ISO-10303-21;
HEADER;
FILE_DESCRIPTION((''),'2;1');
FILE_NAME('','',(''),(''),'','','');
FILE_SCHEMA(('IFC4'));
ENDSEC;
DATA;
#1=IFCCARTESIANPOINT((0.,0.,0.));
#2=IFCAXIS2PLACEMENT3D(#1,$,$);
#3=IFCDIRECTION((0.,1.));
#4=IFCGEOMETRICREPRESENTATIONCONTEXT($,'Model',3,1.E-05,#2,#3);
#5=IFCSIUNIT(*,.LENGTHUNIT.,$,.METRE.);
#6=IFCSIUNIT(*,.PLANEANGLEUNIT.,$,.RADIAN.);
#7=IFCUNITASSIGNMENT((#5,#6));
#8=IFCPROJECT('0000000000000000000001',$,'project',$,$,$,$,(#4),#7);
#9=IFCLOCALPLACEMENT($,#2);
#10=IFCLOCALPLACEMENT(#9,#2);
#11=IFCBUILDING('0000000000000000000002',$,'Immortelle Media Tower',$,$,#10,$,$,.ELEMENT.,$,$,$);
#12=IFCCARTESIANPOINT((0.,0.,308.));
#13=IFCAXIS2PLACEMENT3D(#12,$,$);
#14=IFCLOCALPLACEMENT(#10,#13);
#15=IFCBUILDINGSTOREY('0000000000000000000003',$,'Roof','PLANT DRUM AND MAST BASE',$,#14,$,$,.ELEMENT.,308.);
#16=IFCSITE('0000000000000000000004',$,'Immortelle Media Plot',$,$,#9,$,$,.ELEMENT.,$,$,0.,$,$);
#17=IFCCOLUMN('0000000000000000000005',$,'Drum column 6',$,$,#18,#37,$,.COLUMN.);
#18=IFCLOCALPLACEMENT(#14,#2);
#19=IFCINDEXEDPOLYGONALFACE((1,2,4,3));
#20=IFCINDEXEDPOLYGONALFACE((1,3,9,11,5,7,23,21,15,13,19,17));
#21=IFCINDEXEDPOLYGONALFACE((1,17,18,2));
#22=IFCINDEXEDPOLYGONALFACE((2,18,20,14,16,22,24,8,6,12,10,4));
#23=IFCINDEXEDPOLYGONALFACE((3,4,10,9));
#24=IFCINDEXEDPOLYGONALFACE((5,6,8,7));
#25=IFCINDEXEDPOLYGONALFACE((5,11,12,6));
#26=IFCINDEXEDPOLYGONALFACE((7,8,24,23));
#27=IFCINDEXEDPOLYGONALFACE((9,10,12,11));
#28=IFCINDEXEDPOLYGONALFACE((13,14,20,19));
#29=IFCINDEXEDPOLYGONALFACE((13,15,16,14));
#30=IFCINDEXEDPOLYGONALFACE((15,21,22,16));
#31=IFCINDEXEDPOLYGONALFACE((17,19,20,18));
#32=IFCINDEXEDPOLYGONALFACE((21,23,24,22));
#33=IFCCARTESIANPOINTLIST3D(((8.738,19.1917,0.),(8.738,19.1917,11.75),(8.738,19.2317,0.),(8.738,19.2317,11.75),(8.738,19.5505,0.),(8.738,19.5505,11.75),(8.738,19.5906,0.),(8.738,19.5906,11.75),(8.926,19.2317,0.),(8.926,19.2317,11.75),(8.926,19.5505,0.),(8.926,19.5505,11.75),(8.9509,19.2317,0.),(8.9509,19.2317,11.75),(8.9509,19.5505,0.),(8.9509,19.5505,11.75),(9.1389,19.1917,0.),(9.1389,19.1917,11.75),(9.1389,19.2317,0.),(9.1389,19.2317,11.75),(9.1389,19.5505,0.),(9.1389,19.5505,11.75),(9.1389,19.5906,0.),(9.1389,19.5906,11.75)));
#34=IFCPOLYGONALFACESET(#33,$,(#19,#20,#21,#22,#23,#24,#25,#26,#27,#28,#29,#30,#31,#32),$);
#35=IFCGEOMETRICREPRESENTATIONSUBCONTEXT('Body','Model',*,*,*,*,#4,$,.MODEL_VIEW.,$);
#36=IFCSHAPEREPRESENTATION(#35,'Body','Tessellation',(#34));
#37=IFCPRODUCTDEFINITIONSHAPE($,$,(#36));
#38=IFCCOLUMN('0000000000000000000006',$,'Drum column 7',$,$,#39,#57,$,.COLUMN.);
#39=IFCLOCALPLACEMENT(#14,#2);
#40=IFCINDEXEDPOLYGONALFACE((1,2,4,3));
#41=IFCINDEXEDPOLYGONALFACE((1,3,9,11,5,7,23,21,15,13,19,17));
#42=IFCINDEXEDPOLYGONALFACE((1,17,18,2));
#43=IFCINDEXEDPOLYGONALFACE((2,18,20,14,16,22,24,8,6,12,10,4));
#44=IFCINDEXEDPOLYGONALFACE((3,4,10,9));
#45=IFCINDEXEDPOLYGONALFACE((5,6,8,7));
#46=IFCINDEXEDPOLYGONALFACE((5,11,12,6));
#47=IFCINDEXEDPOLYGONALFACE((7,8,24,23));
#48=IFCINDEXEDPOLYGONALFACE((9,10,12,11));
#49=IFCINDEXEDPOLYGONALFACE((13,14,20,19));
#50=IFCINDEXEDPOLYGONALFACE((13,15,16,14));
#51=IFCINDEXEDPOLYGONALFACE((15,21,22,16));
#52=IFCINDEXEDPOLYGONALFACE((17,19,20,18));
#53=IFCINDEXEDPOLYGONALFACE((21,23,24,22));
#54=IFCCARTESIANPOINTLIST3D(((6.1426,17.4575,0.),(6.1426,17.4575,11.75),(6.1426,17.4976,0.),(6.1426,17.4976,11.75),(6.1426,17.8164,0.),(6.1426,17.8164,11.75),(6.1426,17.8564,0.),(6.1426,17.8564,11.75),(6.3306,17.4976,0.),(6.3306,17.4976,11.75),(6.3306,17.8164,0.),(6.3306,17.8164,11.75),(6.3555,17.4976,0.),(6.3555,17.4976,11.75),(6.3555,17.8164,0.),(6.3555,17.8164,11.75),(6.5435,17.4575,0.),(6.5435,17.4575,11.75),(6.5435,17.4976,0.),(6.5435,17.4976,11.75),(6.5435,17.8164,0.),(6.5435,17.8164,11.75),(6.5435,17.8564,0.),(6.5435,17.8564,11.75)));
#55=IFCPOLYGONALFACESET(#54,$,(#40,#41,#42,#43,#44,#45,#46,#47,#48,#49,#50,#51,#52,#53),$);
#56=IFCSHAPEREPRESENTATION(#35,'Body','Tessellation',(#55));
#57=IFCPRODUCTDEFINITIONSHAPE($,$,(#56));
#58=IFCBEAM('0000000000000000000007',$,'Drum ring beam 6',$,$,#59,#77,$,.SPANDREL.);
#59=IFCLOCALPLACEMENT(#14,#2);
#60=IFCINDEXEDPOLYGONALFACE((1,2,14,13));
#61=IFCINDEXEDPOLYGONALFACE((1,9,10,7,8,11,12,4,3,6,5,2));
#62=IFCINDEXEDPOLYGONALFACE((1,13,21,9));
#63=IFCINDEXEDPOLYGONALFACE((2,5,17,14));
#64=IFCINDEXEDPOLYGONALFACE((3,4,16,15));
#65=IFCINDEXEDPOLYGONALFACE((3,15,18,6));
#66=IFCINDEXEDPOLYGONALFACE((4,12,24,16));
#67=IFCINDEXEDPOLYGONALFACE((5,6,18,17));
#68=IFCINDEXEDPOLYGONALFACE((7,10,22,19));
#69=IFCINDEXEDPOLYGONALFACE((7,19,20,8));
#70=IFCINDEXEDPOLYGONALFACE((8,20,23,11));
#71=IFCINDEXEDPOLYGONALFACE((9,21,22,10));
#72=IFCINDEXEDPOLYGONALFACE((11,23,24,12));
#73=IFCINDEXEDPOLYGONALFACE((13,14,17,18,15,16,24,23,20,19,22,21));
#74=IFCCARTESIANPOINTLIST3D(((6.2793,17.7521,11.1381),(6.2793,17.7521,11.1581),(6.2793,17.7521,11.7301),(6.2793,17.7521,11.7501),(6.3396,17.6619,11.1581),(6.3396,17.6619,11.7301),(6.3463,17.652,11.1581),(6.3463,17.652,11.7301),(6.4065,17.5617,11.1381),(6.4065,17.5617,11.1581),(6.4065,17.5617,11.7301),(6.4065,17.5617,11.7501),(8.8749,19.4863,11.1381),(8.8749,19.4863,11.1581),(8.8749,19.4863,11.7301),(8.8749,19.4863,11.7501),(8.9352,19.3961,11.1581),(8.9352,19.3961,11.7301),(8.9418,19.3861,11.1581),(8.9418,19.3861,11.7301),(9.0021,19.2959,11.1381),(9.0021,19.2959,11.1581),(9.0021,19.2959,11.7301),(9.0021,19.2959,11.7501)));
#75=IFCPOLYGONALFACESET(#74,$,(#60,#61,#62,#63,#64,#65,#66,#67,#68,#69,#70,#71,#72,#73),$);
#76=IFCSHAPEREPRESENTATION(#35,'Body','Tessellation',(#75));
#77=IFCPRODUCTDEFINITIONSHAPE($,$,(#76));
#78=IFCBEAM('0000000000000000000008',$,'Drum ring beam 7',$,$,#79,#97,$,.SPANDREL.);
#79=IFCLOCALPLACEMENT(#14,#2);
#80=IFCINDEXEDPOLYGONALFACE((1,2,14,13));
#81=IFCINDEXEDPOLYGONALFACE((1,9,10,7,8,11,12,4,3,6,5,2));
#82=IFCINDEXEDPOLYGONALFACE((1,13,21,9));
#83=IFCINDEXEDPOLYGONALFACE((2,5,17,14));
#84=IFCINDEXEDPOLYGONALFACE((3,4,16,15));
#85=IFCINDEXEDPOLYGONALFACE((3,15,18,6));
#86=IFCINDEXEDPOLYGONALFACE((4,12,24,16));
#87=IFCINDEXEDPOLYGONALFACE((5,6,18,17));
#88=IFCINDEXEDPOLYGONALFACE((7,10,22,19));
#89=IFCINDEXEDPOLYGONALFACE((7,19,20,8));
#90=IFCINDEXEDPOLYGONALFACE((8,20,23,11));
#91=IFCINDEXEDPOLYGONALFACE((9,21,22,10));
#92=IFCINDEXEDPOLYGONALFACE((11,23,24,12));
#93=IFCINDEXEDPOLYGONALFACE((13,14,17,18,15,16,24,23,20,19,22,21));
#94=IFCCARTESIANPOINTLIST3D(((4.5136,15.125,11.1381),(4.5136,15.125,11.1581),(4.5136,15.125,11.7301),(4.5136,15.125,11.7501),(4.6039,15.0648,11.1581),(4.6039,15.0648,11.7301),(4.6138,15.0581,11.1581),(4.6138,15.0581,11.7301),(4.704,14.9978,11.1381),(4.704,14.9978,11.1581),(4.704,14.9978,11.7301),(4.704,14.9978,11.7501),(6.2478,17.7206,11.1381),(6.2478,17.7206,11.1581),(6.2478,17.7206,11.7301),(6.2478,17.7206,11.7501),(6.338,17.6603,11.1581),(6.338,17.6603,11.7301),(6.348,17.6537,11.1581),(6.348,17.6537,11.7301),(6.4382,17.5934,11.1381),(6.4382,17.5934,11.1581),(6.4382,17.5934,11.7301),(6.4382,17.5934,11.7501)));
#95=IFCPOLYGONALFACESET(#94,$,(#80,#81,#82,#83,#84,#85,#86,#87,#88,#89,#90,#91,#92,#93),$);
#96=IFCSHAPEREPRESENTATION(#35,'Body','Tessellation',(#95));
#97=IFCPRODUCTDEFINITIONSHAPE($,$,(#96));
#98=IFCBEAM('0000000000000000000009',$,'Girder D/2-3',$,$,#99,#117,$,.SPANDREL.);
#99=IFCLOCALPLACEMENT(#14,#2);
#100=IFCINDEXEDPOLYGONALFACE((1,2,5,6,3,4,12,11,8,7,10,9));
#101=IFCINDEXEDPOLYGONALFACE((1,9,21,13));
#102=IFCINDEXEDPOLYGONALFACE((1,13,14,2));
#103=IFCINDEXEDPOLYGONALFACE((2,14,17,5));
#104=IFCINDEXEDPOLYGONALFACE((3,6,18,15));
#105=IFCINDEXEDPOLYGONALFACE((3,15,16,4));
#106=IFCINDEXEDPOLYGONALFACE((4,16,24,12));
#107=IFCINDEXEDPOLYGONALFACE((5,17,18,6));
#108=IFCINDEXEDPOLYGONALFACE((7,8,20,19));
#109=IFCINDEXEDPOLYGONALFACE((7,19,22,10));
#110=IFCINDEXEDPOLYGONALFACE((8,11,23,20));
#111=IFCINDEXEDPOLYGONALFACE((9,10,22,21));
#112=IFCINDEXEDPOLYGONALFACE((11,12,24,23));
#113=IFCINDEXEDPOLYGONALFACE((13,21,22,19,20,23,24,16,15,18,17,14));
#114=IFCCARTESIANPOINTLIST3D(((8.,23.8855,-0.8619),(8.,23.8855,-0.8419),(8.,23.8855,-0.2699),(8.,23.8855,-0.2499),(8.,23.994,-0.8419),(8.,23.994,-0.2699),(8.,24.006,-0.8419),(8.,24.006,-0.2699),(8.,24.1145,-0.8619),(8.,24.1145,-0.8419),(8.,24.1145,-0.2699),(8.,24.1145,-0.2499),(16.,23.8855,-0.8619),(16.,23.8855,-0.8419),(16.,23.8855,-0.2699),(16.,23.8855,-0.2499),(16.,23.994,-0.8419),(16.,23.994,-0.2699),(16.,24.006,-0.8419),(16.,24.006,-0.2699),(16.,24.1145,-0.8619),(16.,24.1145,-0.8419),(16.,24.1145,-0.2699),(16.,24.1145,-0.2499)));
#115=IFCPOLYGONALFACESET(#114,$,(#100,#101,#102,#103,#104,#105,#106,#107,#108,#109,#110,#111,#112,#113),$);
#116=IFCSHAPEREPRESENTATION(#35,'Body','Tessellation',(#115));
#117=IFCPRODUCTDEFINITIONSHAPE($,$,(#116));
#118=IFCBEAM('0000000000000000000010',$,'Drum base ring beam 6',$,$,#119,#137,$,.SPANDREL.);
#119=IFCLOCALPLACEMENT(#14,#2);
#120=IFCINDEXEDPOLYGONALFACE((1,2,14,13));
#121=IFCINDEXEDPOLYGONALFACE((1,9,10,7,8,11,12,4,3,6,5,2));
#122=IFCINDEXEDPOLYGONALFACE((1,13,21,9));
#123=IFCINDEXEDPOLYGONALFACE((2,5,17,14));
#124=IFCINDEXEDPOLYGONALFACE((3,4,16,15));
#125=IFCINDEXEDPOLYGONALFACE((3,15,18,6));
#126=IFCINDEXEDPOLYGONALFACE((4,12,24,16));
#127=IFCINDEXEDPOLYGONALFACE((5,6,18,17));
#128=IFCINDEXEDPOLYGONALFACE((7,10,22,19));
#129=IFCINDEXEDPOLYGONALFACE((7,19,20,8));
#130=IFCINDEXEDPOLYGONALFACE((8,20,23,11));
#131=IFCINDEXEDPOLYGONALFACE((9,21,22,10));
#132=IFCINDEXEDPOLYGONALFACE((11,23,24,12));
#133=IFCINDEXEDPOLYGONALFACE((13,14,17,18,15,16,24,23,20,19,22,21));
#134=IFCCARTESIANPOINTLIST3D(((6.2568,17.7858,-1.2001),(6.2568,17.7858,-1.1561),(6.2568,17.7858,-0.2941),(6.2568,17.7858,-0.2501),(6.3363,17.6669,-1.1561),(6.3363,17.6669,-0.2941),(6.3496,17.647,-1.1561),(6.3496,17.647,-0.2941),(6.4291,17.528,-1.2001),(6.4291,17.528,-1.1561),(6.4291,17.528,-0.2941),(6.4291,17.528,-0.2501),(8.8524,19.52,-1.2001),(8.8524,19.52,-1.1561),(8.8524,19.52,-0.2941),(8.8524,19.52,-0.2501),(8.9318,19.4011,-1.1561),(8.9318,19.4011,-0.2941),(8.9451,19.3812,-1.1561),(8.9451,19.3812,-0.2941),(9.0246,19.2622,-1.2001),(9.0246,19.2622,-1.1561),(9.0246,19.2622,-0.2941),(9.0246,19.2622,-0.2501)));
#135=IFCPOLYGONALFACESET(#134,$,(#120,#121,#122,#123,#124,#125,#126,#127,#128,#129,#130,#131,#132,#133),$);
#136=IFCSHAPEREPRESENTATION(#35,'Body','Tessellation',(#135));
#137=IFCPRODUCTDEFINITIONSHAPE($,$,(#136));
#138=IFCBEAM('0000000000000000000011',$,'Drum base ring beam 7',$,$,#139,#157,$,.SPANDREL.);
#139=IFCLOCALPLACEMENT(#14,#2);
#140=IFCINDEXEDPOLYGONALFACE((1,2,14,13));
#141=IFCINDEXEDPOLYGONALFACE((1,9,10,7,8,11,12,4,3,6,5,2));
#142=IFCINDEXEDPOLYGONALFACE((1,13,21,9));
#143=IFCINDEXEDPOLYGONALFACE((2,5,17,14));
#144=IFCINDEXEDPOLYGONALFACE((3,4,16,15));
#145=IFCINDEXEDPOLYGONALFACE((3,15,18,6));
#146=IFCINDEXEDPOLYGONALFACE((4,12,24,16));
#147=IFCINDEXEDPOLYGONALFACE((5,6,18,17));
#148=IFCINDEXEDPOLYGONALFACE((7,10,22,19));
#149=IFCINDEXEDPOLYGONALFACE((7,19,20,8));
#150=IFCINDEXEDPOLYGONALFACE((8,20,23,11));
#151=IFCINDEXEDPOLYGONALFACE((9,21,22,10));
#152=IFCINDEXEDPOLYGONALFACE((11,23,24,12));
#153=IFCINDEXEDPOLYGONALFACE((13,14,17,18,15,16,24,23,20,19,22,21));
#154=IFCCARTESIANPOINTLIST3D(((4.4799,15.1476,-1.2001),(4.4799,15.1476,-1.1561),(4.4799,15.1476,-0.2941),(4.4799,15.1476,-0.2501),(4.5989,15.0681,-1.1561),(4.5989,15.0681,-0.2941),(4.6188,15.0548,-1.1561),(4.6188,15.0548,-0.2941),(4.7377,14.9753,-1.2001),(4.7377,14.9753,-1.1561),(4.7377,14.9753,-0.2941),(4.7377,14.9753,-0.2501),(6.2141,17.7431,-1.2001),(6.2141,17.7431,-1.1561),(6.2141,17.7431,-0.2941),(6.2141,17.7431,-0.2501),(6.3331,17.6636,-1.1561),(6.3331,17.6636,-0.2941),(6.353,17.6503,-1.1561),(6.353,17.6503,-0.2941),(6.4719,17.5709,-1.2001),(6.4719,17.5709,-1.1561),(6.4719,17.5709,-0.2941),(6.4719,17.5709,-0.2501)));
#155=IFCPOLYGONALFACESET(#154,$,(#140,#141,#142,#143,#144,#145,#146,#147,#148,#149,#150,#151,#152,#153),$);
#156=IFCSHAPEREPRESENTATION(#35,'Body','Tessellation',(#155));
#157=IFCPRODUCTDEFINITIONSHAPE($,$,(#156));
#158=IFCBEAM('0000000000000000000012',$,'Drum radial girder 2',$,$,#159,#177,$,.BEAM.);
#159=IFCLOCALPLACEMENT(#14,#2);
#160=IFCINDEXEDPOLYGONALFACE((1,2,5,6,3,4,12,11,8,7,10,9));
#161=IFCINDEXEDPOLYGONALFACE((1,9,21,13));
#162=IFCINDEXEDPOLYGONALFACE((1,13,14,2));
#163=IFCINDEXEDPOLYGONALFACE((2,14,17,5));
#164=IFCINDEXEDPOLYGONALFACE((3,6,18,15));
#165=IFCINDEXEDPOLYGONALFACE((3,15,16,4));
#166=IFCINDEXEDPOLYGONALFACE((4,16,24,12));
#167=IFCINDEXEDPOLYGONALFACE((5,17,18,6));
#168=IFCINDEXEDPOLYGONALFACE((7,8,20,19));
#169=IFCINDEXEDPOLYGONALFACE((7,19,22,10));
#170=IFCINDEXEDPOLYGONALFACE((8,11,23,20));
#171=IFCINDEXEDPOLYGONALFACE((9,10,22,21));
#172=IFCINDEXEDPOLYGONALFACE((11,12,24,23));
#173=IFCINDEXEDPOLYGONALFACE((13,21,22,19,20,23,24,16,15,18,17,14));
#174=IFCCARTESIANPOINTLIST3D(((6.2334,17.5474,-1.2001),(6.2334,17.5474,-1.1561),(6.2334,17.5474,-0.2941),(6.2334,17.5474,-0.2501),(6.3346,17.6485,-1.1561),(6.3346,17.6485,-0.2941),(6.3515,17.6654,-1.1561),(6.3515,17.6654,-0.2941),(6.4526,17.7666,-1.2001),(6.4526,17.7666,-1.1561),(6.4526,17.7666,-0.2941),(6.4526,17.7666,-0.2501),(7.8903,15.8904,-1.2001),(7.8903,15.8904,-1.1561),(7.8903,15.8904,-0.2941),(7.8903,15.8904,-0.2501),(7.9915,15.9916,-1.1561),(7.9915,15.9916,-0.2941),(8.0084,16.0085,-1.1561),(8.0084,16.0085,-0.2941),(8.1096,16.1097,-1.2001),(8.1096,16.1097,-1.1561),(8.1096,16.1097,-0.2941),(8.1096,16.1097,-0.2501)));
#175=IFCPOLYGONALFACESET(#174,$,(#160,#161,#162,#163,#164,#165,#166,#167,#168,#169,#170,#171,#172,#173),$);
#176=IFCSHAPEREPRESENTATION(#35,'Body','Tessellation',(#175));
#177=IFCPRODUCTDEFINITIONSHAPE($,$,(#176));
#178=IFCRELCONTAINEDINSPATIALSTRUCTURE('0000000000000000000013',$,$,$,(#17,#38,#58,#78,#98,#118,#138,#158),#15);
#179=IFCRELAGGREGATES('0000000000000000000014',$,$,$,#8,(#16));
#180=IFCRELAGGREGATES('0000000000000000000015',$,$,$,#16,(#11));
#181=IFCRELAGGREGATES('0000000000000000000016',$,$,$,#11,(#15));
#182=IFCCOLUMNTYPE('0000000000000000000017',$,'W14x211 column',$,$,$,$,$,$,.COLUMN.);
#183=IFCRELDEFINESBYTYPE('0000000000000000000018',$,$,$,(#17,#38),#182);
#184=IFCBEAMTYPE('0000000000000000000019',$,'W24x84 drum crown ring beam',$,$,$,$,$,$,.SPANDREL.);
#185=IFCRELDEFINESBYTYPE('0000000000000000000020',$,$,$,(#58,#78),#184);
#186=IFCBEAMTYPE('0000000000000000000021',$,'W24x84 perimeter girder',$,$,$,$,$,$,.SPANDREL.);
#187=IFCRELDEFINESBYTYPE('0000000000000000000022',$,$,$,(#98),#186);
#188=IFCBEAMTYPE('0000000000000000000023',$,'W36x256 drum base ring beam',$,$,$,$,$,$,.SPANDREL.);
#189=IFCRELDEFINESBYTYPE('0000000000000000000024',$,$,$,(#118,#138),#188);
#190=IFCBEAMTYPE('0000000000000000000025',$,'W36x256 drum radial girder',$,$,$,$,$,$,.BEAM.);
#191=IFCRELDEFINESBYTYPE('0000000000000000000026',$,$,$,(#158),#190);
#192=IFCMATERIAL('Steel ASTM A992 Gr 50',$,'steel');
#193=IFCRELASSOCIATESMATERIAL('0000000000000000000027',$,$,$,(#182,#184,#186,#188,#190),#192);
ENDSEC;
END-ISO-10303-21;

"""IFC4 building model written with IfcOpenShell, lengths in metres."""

from ifc_helpers import new_model, si_unit, direction, frame, origin, origin_2d, place, context, subcontext, project, spatial, i_section, extrude, material, material_profile, profile_set, type_object, element, save


model = new_model("IFC4")

# Units and contexts
model_context = context("Model", 3, precision=1e-05, world=origin(), true_north=direction((0.0, 1.0)))
body_context = subcontext(model_context, "Body", "Model", "MODEL_VIEW")
ifc_project = project(units=[si_unit("LENGTHUNIT", "METRE"), si_unit("PLANEANGLEUNIT", "RADIAN")], contexts=[model_context])

# Site, building, storey
site_placement = place(None, origin())
site = spatial("IfcSite", under=ifc_project, at=site_placement, Name="Immortelle Media Plot", CompositionType="ELEMENT", RefElevation=0.0)
building_placement = place(site_placement, origin())
building = spatial("IfcBuilding", under=site, at=building_placement, Name="Immortelle Media Tower", CompositionType="ELEMENT")
storey_placement = place(building_placement, frame((0.0, 0.0, 308.0)))
storey = spatial("IfcBuildingStorey", under=building, at=storey_placement, Name="Roof", Description="PLANT DRUM AND MAST BASE", CompositionType="ELEMENT", Elevation=308.0)

# Columns
ifc_material_1 = material(Name="Steel ASTM A992 Gr 50", Category="steel")
ifc_material_profile_1 = material_profile(ifc_material_1, i_section(OverallWidth=0.4009, OverallDepth=0.3989, WebThickness=0.0249, FlangeThickness=0.04, at=origin_2d()), Name="W14x211")
ifc_profile_set_1 = profile_set([ifc_material_profile_1], Name="Steel ASTM A992 Gr 50")
column_type = type_object("IfcColumnType", Name="W14x211 column", PredefinedType="COLUMN", material=ifc_profile_set_1)
for number, where, z_axis, x_axis, name in (
    (1, (8.9385, 19.3911, 0.0), (0.0, 0.0, 1.0), (1.0, 0.0, 0.0), "Drum column 6"),
    (2, (6.343, 17.657, 0.0), (0.0, 0.0, 1.0), (1.0, 0.0, 0.0), "Drum column 7"),
):
    element("IfcColumn", number, at=place(storey_placement, frame(where, z_axis=z_axis, x_axis=x_axis)), inside=storey, type_object=column_type, Name=name, PredefinedType="COLUMN", context=body_context, shape_type="SweptSolid", body=[
        extrude(i_section(OverallWidth=0.4009, OverallDepth=0.3989, WebThickness=0.0249, FlangeThickness=0.04, at=origin_2d()), origin(), (0.0, 0.0, 1.0), 11.75),
    ])

# Beams
ifc_material_profile_2 = material_profile(ifc_material_1, i_section(OverallWidth=0.229, OverallDepth=0.6121, WebThickness=0.012, FlangeThickness=0.02, at=origin_2d()), Name="W24x84")
ifc_profile_set_2 = profile_set([ifc_material_profile_2], Name="Steel ASTM A992 Gr 50")
beam_type_1 = type_object("IfcBeamType", Name="W24x84 drum crown ring beam", PredefinedType="SPANDREL", material=ifc_profile_set_2)
for number, where, z_axis, x_axis, name in (
    (3, (8.9385, 19.3911, 11.4441), (-0.831484, -0.555548, 0.0), (0.555548, -0.831484, 0.0), "Drum ring beam 6"),
    (4, (6.343, 17.657, 11.4441), (-0.555548, -0.831484, 0.0), (0.831484, -0.555548, 0.0), "Drum ring beam 7"),
):
    element("IfcBeam", number, at=place(storey_placement, frame(where, z_axis=z_axis, x_axis=x_axis)), inside=storey, type_object=beam_type_1, Name=name, PredefinedType="SPANDREL", context=body_context, shape_type="SweptSolid", body=[
        extrude(i_section(OverallWidth=0.229, OverallDepth=0.6121, WebThickness=0.012, FlangeThickness=0.02, at=origin_2d()), origin(), (0.0, 0.0, 1.0), 3.1216),
    ])
ifc_material_profile_3 = material_profile(ifc_material_1, i_section(OverallWidth=0.229, OverallDepth=0.6121, WebThickness=0.012, FlangeThickness=0.02, at=origin_2d()), Name="W24x84")
ifc_profile_set_3 = profile_set([ifc_material_profile_3], Name="Steel ASTM A992 Gr 50")
beam_type_2 = type_object("IfcBeamType", Name="W24x84 perimeter girder", PredefinedType="SPANDREL", material=ifc_profile_set_3)
beam_1_placement = place(storey_placement, frame((8.0, 24.0, -0.5559), z_axis=(1.0, 0.0, 0.0), x_axis=(0.0, 1.0, 0.0)))
element("IfcBeam", 5, at=beam_1_placement, inside=storey, type_object=beam_type_2, Name="Girder D/2-3", PredefinedType="SPANDREL", context=body_context, shape_type="SweptSolid", body=[
    extrude(i_section(OverallWidth=0.229, OverallDepth=0.6121, WebThickness=0.012, FlangeThickness=0.02, at=origin_2d()), origin(), (0.0, 0.0, 1.0), 8.0),
])
ifc_material_profile_4 = material_profile(ifc_material_1, i_section(OverallWidth=0.3101, OverallDepth=0.95, WebThickness=0.0239, FlangeThickness=0.0439, at=origin_2d()), Name="W36x256")
ifc_profile_set_4 = profile_set([ifc_material_profile_4], Name="Steel ASTM A992 Gr 50")
beam_type_3 = type_object("IfcBeamType", Name="W36x256 drum base ring beam", PredefinedType="SPANDREL", material=ifc_profile_set_4)
for number, where, z_axis, x_axis, name in (
    (6, (8.9385, 19.3911, -0.7251), (-0.831484, -0.555548, 0.0), (0.555548, -0.831484, 0.0), "Drum base ring beam 6"),
    (7, (6.343, 17.657, -0.7251), (-0.555548, -0.831484, 0.0), (0.831484, -0.555548, 0.0), "Drum base ring beam 7"),
):
    element("IfcBeam", number, at=place(storey_placement, frame(where, z_axis=z_axis, x_axis=x_axis)), inside=storey, type_object=beam_type_3, Name=name, PredefinedType="SPANDREL", context=body_context, shape_type="SweptSolid", body=[
        extrude(i_section(OverallWidth=0.3101, OverallDepth=0.95, WebThickness=0.0239, FlangeThickness=0.0439, at=origin_2d()), origin(), (0.0, 0.0, 1.0), 3.1216),
    ])
ifc_material_profile_5 = material_profile(ifc_material_1, i_section(OverallWidth=0.3101, OverallDepth=0.95, WebThickness=0.0239, FlangeThickness=0.0439, at=origin_2d()), Name="W36x256")
ifc_profile_set_5 = profile_set([ifc_material_profile_5], Name="Steel ASTM A992 Gr 50")
beam_type_4 = type_object("IfcBeamType", Name="W36x256 drum radial girder", PredefinedType="BEAM", material=ifc_profile_set_5)
beam_2_placement = place(storey_placement, frame((6.343, 17.657, -0.7251), z_axis=(0.707107, -0.707107, 0.0), x_axis=(0.707107, 0.707107, 0.0)))
element("IfcBeam", 8, at=beam_2_placement, inside=storey, type_object=beam_type_4, Name="Drum radial girder 2", PredefinedType="BEAM", context=body_context, shape_type="SweptSolid", body=[
    extrude(i_section(OverallWidth=0.3101, OverallDepth=0.95, WebThickness=0.0239, FlangeThickness=0.0439, at=origin_2d()), origin(), (0.0, 0.0, 1.0), 2.3433),
])

save(model, "model.ifc")
